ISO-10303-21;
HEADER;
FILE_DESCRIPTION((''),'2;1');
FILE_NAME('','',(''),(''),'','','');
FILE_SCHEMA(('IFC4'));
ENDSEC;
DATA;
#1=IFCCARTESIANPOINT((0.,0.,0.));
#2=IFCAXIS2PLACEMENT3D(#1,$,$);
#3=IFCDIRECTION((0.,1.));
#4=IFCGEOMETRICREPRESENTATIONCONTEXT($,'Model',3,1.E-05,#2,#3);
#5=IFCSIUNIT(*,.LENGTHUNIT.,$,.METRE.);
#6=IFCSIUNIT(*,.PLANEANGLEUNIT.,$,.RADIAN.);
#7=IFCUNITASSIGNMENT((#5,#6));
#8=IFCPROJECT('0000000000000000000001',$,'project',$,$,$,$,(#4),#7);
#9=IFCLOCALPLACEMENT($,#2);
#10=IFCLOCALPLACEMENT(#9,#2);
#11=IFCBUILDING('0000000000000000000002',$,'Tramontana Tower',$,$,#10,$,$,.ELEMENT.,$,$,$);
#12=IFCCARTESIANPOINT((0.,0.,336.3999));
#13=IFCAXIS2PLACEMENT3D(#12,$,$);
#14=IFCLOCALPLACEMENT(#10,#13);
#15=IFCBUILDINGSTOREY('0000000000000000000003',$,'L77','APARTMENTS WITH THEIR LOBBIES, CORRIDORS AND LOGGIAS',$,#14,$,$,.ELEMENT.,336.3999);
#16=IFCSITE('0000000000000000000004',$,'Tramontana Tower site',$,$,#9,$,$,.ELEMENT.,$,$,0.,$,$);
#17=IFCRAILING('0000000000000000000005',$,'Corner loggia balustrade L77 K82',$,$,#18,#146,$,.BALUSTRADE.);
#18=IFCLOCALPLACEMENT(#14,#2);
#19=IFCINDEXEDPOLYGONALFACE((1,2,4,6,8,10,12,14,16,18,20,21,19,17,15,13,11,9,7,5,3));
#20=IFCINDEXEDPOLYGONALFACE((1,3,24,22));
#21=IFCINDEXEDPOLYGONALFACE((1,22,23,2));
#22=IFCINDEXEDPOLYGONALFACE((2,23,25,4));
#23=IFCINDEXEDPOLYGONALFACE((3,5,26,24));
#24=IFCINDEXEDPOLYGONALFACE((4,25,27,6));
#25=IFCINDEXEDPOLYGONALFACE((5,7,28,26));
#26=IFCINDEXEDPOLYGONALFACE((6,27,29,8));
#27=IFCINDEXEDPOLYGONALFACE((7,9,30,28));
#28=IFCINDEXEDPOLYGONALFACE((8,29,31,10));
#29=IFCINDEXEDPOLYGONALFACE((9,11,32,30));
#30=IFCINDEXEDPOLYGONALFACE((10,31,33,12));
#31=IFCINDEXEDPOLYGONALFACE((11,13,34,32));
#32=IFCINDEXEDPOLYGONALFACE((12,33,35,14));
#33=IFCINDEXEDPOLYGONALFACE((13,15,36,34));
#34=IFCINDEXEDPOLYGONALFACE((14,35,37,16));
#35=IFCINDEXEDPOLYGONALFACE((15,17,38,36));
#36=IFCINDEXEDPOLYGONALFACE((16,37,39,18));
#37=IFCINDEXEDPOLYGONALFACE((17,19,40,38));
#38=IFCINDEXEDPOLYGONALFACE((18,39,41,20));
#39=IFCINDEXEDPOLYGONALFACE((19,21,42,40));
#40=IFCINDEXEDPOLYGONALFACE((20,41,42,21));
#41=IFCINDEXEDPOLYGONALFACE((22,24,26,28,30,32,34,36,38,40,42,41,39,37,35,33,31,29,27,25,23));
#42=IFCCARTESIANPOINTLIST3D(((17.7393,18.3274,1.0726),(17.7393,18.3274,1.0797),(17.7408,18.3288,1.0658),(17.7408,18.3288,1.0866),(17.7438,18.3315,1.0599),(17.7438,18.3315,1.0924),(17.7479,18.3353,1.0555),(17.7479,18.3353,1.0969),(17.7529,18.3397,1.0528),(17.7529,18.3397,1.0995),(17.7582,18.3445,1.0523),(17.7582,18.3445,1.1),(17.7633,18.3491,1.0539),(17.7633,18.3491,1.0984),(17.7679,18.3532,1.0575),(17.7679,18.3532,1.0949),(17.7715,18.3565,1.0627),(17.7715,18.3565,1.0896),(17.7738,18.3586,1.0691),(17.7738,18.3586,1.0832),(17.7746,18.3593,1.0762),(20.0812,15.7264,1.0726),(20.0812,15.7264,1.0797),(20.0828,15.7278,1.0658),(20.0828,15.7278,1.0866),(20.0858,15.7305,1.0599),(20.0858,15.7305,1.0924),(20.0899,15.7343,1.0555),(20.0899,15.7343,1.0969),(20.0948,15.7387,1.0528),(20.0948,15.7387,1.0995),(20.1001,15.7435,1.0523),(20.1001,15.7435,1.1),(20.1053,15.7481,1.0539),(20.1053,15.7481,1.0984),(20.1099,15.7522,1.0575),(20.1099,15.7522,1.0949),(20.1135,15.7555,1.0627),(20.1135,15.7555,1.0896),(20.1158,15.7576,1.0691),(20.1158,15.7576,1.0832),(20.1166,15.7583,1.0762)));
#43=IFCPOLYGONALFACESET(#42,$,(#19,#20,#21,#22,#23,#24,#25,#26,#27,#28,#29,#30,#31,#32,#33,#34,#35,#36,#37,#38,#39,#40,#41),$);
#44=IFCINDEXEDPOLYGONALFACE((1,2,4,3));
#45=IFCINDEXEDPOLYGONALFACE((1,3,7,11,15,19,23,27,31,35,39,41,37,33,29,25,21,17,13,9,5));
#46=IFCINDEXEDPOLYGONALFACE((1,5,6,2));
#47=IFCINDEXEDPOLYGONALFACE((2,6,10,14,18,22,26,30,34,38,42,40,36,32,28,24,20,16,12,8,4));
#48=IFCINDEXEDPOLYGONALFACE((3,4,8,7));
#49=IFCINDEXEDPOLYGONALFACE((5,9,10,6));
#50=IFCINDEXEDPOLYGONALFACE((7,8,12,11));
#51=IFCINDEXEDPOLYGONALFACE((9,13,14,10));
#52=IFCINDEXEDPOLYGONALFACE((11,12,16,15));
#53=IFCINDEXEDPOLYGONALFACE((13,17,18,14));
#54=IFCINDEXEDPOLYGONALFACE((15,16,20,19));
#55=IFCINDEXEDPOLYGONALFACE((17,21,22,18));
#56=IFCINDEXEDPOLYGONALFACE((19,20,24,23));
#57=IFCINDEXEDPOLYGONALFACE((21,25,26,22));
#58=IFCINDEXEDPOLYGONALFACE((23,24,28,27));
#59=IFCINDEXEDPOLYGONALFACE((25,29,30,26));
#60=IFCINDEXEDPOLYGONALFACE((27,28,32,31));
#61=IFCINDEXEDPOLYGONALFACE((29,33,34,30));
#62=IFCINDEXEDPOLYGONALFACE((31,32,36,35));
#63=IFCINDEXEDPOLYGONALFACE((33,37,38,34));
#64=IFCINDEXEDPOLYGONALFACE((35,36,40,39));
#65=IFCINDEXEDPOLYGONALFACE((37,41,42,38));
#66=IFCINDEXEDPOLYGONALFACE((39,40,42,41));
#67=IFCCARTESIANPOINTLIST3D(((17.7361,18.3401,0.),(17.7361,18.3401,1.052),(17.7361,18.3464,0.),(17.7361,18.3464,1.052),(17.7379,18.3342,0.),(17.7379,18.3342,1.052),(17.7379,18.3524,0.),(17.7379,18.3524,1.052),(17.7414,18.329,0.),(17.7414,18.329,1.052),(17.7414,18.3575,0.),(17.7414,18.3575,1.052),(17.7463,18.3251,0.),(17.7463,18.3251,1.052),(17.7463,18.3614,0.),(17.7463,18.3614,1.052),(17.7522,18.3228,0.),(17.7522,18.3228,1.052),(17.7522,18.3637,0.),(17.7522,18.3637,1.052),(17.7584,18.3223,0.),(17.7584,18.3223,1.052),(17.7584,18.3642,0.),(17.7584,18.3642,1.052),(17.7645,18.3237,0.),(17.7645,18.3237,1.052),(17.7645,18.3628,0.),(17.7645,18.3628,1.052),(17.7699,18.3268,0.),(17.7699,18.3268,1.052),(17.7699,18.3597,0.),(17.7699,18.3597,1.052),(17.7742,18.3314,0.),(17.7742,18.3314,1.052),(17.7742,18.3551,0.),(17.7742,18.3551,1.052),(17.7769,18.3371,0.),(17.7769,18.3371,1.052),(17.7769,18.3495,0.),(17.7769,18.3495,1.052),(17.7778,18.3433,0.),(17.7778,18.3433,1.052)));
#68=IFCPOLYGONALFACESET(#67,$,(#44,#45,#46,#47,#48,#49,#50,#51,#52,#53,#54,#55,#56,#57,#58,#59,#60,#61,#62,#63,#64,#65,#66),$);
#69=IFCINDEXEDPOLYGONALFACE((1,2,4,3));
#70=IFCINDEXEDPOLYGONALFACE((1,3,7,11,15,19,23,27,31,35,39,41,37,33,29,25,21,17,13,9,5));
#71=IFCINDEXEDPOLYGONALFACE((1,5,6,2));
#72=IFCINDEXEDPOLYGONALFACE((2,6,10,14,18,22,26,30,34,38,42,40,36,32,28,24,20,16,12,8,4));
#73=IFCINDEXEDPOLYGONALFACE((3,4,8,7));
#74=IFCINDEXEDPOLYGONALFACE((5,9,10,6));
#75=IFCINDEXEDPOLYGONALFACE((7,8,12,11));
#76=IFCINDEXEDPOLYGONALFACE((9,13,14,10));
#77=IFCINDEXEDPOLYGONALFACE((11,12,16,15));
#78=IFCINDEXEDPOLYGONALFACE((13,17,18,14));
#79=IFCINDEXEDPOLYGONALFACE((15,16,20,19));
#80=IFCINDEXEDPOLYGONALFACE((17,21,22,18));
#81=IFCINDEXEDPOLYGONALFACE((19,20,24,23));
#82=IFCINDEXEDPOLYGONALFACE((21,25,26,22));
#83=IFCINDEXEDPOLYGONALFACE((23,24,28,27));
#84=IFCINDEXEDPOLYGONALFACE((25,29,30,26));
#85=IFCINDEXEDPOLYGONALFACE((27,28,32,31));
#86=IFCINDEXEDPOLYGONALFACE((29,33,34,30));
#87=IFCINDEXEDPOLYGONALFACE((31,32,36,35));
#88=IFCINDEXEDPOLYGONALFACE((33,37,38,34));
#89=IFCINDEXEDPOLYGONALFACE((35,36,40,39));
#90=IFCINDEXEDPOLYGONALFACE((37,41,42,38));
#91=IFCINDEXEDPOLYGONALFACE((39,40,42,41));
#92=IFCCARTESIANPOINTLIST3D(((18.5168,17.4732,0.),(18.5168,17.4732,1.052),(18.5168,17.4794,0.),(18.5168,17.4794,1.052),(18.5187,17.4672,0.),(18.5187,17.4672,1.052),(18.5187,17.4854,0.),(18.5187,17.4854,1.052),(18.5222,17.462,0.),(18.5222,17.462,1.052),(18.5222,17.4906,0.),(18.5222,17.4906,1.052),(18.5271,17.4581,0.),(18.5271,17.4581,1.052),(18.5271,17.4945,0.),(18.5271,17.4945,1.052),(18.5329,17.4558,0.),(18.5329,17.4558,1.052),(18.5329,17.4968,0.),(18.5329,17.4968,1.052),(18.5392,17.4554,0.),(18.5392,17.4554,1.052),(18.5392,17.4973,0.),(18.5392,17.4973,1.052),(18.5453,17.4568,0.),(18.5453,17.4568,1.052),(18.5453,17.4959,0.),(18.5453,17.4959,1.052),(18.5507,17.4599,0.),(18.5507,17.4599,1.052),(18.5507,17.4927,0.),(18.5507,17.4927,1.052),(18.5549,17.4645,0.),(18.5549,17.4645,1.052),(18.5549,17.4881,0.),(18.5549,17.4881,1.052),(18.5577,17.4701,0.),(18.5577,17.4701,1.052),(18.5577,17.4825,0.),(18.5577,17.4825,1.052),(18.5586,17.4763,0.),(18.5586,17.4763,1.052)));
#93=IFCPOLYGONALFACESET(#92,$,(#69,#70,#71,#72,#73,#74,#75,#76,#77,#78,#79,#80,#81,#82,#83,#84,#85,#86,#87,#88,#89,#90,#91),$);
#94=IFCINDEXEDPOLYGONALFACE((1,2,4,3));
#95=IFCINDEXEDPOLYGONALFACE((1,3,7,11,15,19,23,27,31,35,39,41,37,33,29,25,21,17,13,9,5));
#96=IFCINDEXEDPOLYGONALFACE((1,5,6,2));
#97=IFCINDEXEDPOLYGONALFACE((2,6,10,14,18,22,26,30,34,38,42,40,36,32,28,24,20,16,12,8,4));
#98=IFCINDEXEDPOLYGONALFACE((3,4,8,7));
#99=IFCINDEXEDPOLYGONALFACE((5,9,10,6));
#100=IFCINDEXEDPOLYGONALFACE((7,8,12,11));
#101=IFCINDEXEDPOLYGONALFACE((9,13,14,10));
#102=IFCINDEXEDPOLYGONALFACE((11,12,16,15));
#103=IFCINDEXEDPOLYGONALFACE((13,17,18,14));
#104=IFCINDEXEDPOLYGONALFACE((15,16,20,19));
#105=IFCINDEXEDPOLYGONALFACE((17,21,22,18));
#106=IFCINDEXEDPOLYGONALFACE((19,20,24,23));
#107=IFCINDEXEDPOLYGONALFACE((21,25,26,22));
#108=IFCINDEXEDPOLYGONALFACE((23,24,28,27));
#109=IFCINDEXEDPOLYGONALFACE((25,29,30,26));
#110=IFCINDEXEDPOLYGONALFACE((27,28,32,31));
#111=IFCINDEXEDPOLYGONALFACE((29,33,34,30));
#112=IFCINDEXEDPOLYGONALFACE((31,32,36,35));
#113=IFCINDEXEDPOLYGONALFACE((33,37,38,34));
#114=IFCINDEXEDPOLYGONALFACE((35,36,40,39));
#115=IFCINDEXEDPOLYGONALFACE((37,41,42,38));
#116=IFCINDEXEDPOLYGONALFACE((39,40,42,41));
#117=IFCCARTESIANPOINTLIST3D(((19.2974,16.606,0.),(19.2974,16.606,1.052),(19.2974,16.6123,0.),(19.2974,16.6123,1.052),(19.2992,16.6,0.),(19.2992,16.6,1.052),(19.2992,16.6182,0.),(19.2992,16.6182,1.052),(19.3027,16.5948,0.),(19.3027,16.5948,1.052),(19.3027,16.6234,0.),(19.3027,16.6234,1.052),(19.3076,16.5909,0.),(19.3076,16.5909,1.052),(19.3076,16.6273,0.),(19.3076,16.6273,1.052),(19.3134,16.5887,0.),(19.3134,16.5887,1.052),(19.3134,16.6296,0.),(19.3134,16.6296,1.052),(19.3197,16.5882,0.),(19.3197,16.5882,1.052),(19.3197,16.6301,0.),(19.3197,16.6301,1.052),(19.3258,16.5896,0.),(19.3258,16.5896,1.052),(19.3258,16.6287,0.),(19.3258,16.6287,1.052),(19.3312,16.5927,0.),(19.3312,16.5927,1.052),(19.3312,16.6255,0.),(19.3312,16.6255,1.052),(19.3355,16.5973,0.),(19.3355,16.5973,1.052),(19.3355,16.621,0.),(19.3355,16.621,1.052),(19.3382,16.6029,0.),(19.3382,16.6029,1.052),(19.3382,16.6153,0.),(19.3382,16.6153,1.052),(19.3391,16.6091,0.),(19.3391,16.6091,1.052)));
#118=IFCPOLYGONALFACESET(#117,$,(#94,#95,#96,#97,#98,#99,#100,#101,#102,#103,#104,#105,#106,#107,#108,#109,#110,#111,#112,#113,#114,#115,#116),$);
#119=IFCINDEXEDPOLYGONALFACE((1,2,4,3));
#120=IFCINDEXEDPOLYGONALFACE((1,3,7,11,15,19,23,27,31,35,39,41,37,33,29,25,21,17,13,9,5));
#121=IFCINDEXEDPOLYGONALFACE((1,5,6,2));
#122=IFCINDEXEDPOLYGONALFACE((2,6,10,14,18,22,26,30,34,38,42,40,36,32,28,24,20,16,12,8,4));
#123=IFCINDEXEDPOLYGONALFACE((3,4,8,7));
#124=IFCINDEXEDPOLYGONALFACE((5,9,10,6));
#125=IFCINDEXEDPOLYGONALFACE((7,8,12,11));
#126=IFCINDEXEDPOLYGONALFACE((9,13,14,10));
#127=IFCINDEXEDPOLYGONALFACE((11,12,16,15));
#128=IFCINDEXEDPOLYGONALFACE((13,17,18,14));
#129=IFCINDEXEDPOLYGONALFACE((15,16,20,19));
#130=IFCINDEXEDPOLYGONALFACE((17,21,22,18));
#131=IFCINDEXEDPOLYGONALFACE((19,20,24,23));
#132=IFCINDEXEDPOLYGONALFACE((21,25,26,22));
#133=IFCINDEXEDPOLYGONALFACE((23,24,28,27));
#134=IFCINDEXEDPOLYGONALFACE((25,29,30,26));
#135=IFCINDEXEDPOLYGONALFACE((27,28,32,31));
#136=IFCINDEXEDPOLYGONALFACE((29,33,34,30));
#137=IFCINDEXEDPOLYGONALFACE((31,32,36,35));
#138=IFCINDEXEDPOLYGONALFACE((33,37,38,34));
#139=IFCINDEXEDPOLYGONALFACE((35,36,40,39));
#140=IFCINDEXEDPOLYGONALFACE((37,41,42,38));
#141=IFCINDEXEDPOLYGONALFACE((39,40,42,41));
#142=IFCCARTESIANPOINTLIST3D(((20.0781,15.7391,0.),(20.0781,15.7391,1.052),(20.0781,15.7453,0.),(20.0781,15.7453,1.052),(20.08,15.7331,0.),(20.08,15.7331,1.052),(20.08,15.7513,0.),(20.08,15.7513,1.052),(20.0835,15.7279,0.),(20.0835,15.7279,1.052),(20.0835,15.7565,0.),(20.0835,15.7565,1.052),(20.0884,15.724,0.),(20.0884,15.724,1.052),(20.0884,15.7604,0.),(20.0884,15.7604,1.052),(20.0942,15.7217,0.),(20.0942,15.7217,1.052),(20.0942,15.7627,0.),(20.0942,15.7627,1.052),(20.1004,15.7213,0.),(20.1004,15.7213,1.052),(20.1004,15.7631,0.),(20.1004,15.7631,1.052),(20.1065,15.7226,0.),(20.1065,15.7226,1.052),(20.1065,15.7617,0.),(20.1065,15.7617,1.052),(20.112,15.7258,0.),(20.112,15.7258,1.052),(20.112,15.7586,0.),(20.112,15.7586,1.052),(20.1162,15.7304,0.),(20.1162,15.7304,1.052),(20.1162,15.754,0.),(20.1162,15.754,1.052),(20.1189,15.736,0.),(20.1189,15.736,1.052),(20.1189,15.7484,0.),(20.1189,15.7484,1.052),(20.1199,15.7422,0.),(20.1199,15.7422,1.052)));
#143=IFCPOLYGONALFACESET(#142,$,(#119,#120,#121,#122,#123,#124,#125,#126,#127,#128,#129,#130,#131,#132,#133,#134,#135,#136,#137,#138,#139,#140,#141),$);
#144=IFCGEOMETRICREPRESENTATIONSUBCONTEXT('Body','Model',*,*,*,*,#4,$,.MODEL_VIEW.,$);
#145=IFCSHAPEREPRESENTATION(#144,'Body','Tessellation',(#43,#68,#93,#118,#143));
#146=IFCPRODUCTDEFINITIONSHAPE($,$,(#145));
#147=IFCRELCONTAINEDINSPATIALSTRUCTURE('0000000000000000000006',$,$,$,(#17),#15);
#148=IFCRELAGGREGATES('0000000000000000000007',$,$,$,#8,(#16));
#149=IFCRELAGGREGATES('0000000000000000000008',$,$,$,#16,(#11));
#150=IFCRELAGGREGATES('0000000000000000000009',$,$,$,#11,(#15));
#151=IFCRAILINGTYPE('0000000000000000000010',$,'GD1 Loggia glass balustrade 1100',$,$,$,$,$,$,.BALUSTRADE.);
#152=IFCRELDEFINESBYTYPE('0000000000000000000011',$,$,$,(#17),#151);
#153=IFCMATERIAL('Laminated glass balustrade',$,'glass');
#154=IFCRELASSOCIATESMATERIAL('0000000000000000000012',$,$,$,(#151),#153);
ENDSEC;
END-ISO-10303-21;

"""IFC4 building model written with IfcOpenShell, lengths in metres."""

from ifc_helpers import new_model, si_unit, direction, frame, origin, origin_2d, place, context, subcontext, project, spatial, circle, extrude, material, type_object, element, save


model = new_model("IFC4")

# Units and contexts
model_context = context("Model", 3, precision=1e-05, world=origin(), true_north=direction((0.0, 1.0)))
body_context = subcontext(model_context, "Body", "Model", "MODEL_VIEW")
ifc_project = project(units=[si_unit("LENGTHUNIT", "METRE"), si_unit("PLANEANGLEUNIT", "RADIAN")], contexts=[model_context])

# Site, building, storey
site_placement = place(None, origin())
site = spatial("IfcSite", under=ifc_project, at=site_placement, Name="Tramontana Tower site", CompositionType="ELEMENT", RefElevation=0.0)
building_placement = place(site_placement, origin())
building = spatial("IfcBuilding", under=site, at=building_placement, Name="Tramontana Tower", CompositionType="ELEMENT")
storey_placement = place(building_placement, frame((0.0, 0.0, 336.3999)))
storey = spatial("IfcBuildingStorey", under=building, at=storey_placement, Name="L77", Description="APARTMENTS WITH THEIR LOBBIES, CORRIDORS AND LOGGIAS", CompositionType="ELEMENT", Elevation=336.3999)

# Railing
ifc_material_1 = material(Name="Laminated glass balustrade", Category="glass")
railing_type = type_object("IfcRailingType", Name="GD1 Loggia glass balustrade 1100", PredefinedType="BALUSTRADE", material=ifc_material_1)
railing_1_placement = place(storey_placement, frame((17.7568, 18.3433, 0.0)))
element("IfcRailing", 1, at=railing_1_placement, inside=storey, type_object=railing_type, Name="Corner loggia balustrade L77 K82", PredefinedType="BALUSTRADE", context=body_context, shape_type="SweptSolid", body=[
    extrude(circle(Radius=0.0239, at=origin_2d()), frame((0.0, 0.0, 1.0762), z_axis=(0.669134, -0.743142, 0.0), x_axis=(0.743142, 0.669134, 0.0)), (0.0, 0.0, 1.0), 3.5),
    extrude(circle(Radius=0.021, at=origin_2d()), origin(), (0.0, 0.0, 1.0), 1.052),
    extrude(circle(Radius=0.021, at=origin_2d()), frame((0.7808, -0.8669, 0.0)), (0.0, 0.0, 1.0), 1.052),
    extrude(circle(Radius=0.021, at=origin_2d()), frame((1.5613, -1.7341, 0.0)), (0.0, 0.0, 1.0), 1.052),
    extrude(circle(Radius=0.021, at=origin_2d()), frame((2.342, -2.6011, 0.0)), (0.0, 0.0, 1.0), 1.052),
])

save(model, "model.ifc")
